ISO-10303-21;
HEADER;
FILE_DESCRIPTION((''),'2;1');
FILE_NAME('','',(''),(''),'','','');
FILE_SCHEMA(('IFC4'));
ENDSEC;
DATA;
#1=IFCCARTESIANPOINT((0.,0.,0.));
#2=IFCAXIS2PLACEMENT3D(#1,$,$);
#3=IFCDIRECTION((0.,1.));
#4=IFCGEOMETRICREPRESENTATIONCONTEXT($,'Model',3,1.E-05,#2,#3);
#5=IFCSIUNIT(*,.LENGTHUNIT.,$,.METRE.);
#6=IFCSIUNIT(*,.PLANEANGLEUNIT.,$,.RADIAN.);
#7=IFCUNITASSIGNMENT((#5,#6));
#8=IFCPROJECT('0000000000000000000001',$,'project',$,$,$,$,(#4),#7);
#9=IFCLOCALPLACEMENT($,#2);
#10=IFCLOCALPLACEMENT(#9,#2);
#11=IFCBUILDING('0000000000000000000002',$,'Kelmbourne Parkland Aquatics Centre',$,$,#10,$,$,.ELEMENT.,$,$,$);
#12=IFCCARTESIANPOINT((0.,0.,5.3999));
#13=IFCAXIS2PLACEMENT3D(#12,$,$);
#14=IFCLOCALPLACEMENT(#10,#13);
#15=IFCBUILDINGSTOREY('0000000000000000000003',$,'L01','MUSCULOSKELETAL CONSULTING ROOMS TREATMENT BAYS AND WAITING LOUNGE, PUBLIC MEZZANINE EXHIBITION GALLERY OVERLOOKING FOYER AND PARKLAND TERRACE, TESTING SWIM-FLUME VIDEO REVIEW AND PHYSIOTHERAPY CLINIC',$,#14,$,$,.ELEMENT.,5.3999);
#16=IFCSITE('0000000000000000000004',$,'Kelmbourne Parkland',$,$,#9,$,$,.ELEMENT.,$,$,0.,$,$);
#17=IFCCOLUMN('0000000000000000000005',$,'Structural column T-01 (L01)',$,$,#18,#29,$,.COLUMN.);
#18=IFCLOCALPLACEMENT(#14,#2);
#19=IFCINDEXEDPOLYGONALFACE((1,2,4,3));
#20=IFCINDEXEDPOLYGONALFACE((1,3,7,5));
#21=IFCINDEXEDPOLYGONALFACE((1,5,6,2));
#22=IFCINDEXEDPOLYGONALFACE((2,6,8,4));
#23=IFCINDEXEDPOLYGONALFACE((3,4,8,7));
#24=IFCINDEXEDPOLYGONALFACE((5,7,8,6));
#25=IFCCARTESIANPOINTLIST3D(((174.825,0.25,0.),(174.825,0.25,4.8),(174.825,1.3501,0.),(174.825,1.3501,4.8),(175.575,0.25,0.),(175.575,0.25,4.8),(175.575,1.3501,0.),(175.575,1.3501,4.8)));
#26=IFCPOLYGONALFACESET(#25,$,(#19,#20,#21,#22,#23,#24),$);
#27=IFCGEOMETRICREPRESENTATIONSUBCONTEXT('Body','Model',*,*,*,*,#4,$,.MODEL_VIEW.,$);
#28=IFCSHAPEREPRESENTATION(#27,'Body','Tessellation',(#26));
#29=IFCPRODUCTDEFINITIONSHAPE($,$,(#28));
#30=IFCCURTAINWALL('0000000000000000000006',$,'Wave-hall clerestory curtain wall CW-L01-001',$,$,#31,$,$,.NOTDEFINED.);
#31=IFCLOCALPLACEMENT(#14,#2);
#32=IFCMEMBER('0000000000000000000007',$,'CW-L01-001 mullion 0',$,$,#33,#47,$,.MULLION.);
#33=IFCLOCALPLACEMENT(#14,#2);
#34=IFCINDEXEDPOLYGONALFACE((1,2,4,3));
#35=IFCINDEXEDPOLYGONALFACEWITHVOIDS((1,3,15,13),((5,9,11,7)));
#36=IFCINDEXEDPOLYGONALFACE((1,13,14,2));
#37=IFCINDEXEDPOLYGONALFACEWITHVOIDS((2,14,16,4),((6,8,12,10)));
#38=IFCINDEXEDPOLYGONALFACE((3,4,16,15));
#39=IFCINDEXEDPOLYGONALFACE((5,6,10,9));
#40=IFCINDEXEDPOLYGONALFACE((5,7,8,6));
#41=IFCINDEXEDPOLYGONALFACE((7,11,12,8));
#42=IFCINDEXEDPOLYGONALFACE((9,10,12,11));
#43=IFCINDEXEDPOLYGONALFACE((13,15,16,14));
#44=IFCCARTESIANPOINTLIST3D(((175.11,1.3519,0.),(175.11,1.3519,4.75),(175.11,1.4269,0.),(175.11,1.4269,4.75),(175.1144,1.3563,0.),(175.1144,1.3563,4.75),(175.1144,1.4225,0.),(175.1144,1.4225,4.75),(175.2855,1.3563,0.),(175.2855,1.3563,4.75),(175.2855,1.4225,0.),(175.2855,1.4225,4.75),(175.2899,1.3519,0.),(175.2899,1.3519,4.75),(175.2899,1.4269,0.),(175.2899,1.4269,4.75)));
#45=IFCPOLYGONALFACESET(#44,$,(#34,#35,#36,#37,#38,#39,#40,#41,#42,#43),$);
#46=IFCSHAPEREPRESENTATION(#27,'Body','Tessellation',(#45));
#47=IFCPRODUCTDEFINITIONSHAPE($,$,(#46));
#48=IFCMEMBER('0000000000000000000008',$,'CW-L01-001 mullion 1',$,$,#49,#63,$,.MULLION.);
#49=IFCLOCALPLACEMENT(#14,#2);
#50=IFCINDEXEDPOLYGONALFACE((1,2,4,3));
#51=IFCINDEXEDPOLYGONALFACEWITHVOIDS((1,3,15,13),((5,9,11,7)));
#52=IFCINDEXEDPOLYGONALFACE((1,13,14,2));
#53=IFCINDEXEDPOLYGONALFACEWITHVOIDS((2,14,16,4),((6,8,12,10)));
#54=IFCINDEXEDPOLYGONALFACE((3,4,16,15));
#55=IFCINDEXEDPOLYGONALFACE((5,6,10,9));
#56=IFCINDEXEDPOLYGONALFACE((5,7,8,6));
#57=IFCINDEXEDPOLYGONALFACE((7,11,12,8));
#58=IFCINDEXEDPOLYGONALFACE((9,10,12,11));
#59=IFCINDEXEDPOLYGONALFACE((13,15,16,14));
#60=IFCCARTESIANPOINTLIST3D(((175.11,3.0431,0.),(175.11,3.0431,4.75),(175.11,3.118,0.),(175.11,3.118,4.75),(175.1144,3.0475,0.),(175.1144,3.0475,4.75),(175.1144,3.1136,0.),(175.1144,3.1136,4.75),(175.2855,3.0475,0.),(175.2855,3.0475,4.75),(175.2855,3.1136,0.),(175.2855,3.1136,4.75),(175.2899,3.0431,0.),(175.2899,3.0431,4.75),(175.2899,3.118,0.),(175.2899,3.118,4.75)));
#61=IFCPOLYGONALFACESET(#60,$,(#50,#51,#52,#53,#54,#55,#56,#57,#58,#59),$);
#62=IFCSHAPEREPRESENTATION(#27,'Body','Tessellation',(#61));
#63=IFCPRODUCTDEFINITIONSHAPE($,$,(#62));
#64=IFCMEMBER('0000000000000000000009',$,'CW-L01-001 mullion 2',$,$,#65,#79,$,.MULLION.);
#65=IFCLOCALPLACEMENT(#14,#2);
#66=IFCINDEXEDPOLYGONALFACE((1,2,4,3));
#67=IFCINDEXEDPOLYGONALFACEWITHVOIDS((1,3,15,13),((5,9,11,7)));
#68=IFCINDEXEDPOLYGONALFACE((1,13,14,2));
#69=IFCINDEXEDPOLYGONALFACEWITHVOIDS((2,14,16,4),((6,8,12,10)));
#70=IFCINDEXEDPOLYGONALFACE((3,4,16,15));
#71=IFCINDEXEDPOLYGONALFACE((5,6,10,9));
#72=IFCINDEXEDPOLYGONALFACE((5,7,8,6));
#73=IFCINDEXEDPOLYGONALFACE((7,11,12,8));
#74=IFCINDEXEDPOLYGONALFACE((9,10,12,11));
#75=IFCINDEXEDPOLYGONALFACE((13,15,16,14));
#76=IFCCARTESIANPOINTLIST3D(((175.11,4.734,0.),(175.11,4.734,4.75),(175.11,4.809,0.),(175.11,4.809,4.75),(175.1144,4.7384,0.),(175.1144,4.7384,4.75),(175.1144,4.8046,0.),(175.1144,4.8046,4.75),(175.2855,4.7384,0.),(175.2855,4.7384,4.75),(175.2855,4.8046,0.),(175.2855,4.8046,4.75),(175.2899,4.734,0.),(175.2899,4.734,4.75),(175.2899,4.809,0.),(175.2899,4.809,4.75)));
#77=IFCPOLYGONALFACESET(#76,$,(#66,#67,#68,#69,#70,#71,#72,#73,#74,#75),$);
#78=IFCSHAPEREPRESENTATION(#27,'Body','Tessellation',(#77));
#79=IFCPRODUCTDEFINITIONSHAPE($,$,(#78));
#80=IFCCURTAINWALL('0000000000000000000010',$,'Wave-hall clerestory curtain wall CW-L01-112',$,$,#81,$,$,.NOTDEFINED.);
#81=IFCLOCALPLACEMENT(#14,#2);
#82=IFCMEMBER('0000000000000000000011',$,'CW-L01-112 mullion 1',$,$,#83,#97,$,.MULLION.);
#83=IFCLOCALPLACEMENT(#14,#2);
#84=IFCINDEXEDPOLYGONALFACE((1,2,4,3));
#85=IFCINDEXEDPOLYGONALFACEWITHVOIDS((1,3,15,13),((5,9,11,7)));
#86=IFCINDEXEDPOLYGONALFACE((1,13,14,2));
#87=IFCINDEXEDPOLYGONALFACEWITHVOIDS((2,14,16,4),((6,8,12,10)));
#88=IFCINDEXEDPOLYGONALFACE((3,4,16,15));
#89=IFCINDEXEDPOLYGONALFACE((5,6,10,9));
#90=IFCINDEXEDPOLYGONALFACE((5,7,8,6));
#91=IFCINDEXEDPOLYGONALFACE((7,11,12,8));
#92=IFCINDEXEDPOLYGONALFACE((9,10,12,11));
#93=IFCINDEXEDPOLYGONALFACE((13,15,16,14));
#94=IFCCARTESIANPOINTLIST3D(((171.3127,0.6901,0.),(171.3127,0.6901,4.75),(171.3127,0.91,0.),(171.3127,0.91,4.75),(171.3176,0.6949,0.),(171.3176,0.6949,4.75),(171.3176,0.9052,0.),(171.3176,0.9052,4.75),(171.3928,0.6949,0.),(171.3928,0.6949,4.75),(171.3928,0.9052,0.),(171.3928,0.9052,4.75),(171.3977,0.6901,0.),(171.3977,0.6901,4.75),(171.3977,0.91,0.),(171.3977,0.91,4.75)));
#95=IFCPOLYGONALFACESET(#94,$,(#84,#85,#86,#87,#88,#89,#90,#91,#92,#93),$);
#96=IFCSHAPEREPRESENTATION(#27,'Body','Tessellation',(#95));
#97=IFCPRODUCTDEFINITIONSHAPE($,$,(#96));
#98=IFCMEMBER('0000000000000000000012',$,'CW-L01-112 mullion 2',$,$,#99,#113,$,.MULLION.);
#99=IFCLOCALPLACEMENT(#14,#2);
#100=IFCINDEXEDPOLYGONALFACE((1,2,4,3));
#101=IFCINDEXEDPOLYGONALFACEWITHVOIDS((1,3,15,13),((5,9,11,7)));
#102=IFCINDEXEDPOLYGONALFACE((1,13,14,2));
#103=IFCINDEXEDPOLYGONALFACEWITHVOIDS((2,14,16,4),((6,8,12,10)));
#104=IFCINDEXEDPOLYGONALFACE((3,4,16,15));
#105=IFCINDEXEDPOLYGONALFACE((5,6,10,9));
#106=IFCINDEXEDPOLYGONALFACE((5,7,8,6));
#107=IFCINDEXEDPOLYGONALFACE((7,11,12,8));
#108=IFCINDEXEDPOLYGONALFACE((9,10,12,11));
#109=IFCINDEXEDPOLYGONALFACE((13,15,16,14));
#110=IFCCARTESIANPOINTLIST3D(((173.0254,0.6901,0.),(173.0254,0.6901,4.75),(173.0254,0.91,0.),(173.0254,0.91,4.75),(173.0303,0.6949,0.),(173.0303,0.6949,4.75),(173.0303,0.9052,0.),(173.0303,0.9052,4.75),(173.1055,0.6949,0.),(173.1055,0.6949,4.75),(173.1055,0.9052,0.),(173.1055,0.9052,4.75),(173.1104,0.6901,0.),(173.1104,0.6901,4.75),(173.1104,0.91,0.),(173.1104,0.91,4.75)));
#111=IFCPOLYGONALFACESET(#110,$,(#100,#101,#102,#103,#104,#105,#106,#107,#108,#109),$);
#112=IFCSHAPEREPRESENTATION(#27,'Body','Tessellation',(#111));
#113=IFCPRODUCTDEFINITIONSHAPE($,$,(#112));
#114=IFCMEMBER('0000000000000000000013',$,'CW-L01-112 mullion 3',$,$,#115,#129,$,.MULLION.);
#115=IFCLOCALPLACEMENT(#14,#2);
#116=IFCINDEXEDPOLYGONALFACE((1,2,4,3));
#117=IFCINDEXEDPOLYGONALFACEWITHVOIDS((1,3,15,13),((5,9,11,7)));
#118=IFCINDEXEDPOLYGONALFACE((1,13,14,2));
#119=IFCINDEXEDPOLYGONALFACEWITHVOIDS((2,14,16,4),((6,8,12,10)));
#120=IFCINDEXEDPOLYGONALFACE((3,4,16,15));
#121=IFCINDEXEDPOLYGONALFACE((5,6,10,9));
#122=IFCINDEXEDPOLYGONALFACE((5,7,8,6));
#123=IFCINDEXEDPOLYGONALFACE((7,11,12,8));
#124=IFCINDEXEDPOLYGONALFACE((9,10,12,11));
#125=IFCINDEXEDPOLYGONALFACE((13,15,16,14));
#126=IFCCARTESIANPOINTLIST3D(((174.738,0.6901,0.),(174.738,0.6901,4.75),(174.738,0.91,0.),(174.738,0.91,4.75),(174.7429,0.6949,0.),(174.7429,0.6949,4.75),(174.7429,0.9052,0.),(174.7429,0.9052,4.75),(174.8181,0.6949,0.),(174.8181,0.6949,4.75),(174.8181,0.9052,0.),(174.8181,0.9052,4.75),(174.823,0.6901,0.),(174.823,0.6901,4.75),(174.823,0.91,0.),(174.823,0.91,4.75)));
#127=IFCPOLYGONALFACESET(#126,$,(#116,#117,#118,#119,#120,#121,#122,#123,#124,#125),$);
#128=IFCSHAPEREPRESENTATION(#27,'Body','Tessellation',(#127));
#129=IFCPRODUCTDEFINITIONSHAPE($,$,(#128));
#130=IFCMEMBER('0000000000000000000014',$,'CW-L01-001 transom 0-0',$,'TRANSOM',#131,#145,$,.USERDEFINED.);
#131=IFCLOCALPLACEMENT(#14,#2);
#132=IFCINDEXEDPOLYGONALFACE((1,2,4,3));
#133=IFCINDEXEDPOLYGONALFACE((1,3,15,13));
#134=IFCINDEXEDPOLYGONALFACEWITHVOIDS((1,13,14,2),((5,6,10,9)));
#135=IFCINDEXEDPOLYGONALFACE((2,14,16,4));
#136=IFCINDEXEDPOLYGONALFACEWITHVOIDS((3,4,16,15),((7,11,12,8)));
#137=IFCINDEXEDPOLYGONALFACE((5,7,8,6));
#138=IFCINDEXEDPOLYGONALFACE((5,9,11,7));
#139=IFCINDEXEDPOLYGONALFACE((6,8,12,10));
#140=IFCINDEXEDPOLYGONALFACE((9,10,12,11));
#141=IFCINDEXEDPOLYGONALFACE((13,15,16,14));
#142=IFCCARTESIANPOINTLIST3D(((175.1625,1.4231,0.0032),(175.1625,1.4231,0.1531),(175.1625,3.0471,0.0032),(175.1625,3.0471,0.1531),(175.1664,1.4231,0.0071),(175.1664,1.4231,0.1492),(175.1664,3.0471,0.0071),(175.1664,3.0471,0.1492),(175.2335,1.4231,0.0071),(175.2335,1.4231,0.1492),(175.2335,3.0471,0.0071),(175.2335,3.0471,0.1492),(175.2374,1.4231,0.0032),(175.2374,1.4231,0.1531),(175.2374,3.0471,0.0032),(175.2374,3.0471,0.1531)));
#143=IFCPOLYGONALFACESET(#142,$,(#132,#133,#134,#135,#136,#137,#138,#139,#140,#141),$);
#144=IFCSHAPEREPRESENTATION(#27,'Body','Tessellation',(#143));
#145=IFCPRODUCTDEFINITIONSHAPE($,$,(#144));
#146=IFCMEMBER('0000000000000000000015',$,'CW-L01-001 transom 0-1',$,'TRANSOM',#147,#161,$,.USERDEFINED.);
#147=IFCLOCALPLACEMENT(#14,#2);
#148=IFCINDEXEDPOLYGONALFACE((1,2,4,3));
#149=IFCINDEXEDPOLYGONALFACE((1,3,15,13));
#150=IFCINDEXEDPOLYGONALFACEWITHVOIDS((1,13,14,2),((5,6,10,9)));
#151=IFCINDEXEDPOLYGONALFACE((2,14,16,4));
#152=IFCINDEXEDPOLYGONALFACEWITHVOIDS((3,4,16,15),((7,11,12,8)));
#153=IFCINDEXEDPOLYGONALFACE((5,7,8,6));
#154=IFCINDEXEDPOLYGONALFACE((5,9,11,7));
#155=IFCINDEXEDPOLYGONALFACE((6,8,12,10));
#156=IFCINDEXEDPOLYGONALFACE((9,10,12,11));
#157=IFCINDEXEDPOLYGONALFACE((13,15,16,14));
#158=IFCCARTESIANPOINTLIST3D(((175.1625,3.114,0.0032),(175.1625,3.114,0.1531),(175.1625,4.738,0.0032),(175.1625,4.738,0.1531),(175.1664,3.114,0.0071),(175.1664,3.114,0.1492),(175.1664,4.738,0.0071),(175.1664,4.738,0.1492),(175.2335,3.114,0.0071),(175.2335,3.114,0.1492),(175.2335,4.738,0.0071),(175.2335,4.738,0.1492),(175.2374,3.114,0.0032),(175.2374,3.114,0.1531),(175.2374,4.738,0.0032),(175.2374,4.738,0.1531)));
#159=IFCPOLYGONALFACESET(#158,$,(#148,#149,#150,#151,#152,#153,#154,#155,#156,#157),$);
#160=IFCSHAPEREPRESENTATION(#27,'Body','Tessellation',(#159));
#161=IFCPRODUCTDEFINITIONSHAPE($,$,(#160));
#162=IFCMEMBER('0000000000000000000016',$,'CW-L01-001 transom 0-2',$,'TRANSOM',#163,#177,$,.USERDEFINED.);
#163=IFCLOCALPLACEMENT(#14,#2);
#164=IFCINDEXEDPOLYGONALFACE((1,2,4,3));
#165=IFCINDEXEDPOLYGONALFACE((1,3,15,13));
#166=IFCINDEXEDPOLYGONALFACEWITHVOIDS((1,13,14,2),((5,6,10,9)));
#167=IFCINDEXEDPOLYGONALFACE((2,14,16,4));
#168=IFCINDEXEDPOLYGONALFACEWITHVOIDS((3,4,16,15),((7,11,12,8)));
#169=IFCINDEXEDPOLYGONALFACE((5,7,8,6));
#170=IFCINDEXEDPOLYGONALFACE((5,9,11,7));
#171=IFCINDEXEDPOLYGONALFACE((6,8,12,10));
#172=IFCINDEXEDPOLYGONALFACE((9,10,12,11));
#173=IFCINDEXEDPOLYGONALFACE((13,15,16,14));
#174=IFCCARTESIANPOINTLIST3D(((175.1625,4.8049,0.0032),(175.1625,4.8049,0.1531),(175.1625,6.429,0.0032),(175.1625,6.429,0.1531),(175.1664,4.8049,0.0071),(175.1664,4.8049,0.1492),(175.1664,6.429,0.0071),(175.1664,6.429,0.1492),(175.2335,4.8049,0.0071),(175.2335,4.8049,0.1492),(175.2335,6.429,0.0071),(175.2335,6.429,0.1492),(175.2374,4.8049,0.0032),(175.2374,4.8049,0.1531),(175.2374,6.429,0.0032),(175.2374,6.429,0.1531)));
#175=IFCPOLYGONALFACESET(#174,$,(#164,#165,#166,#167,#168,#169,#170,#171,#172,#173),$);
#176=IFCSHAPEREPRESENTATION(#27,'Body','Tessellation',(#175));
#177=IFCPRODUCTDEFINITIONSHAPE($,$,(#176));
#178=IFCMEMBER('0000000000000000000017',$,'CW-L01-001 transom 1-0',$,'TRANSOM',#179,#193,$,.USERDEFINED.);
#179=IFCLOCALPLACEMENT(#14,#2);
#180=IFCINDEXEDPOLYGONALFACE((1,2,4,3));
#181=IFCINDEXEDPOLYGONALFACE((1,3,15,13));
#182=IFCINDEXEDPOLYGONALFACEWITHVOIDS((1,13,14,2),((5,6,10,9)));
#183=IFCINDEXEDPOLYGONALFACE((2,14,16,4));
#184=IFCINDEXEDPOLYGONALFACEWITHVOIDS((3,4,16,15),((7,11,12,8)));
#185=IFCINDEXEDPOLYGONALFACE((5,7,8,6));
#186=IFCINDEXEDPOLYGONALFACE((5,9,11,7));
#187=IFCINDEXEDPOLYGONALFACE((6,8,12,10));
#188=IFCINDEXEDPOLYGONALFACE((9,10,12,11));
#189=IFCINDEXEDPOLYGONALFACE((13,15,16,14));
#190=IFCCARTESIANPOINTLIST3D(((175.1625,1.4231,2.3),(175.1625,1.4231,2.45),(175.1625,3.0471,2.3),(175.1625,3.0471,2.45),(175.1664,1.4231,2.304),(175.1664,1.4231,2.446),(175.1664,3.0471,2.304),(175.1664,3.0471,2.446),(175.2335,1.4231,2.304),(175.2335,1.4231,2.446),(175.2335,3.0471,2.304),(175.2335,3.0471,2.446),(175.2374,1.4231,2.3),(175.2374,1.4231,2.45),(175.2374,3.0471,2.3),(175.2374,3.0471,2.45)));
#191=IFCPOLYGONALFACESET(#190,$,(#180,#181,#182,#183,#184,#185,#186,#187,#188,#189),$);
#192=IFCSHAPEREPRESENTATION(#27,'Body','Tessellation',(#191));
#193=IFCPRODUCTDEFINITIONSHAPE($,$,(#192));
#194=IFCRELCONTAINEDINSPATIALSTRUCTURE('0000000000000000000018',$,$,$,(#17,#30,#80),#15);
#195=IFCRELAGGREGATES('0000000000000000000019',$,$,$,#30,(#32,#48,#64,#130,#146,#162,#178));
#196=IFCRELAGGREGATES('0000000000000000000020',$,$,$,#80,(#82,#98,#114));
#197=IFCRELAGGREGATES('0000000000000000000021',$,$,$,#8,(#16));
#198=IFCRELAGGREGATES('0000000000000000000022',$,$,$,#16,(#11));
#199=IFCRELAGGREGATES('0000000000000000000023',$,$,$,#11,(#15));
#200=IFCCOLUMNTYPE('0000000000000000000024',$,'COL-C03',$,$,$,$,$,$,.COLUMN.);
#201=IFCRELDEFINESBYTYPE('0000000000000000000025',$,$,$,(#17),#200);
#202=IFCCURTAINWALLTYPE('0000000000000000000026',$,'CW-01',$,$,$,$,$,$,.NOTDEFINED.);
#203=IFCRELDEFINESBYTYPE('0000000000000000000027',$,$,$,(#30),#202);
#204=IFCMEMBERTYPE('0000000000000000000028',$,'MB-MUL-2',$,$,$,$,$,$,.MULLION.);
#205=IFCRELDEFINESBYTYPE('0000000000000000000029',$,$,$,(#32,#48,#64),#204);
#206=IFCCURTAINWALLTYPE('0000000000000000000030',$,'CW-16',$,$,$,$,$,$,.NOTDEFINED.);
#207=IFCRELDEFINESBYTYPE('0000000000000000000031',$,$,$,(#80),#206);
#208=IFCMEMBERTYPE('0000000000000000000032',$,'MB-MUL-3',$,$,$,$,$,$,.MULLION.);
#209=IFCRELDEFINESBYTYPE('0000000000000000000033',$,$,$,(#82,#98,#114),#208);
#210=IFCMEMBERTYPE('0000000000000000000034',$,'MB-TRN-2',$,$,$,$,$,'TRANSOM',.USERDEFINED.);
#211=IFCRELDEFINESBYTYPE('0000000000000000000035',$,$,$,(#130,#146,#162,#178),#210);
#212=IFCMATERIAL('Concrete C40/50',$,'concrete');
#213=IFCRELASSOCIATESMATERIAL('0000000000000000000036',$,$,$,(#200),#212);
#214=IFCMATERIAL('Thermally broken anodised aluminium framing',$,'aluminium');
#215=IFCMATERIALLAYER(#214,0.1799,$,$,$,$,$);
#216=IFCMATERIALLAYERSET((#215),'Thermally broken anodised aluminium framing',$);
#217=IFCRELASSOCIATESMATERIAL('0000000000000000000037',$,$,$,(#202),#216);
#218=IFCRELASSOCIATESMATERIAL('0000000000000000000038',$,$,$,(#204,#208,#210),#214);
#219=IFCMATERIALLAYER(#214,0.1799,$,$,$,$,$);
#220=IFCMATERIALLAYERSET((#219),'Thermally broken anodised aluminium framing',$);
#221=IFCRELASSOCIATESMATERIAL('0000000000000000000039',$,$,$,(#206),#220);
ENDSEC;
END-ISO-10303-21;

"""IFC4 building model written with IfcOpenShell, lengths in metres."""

from ifc_helpers import new_model, si_unit, direction, frame, origin, origin_2d, place, context, subcontext, project, spatial, rectangle, hollow_rectangle, extrude, material, layer, layer_set, material_profile, profile_set, type_object, element, aggregate, save


model = new_model("IFC4")

# Units and contexts
model_context = context("Model", 3, precision=1e-05, world=origin(), true_north=direction((0.0, 1.0)))
body_context = subcontext(model_context, "Body", "Model", "MODEL_VIEW")
ifc_project = project(units=[si_unit("LENGTHUNIT", "METRE"), si_unit("PLANEANGLEUNIT", "RADIAN")], contexts=[model_context])

# Site, building, storey
site_placement = place(None, origin())
site = spatial("IfcSite", under=ifc_project, at=site_placement, Name="Kelmbourne Parkland", CompositionType="ELEMENT", RefElevation=0.0)
building_placement = place(site_placement, origin())
building = spatial("IfcBuilding", under=site, at=building_placement, Name="Kelmbourne Parkland Aquatics Centre", CompositionType="ELEMENT")
storey_placement = place(building_placement, frame((0.0, 0.0, 5.3999)))
storey = spatial("IfcBuildingStorey", under=building, at=storey_placement, Name="L01", Description="MUSCULOSKELETAL CONSULTING ROOMS TREATMENT BAYS AND WAITING LOUNGE, PUBLIC MEZZANINE EXHIBITION GALLERY OVERLOOKING FOYER AND PARKLAND TERRACE, TESTING SWIM-FLUME VIDEO REVIEW AND PHYSIOTHERAPY CLINIC", CompositionType="ELEMENT", Elevation=5.3999)

# Column
ifc_material_1 = material(Name="Concrete C40/50", Category="concrete")
ifc_material_profile_1 = material_profile(ifc_material_1, rectangle(XDim=0.75, YDim=1.1001, at=origin_2d()), Name="RC 750x1100")
ifc_profile_set_1 = profile_set([ifc_material_profile_1], Name="Concrete C40/50")
column_type = type_object("IfcColumnType", Name="COL-C03", PredefinedType="COLUMN", material=ifc_profile_set_1)
column_placement = place(storey_placement, frame((175.2, 0.8, 0.0), z_axis=(0.0, 0.0, 1.0), x_axis=(1.0, 0.0, 0.0)))
element("IfcColumn", 1, at=column_placement, inside=storey, type_object=column_type, Name="Structural column T-01 (L01)", PredefinedType="COLUMN", context=body_context, shape_type="SweptSolid", body=[
    extrude(rectangle(XDim=0.75, YDim=1.1001, at=origin_2d()), origin(), (0.0, 0.0, 1.0), 4.8),
])

# Curtain walls, members
ifc_material_2 = material(Name="Thermally broken anodised aluminium framing", Category="aluminium")
ifc_layer_1 = layer(ifc_material_2, 0.1799)
ifc_layer_set_1 = layer_set([ifc_layer_1], Name="Thermally broken anodised aluminium framing")
curtain_wall_type_1 = type_object("IfcCurtainWallType", Name="CW-01", PredefinedType="NOTDEFINED", material=ifc_layer_set_1)
curtain_wall_1_placement = place(storey_placement, origin())
curtain_wall_1 = element("IfcCurtainWall", 2, at=curtain_wall_1_placement, inside=storey, type_object=curtain_wall_type_1, Name="Wave-hall clerestory curtain wall CW-L01-001", PredefinedType="NOTDEFINED")
ifc_material_profile_2 = material_profile(ifc_material_2, hollow_rectangle(XDim=0.075, YDim=0.1799, WallThickness=0.0044, at=origin_2d()), Name="CW-M 75x180")
ifc_profile_set_2 = profile_set([ifc_material_profile_2], Name="Thermally broken anodised aluminium framing")
member_type_1 = type_object("IfcMemberType", Name="MB-MUL-2", PredefinedType="MULLION", material=ifc_profile_set_2)
member_1_placement = place(storey_placement, frame((175.2, 1.3894, 0.0), z_axis=(0.0, 0.0, 1.0), x_axis=(0.0, 1.0, 0.0)))
member_1 = element("IfcMember", 3, at=member_1_placement, type_object=member_type_1, Name="CW-L01-001 mullion 0", PredefinedType="MULLION", context=body_context, shape_type="SweptSolid", body=[
    extrude(hollow_rectangle(XDim=0.075, YDim=0.1799, WallThickness=0.0044, at=origin_2d()), origin(), (0.0, 0.0, 1.0), 4.75),
])
member_2_placement = place(storey_placement, frame((175.2, 3.0806, 0.0), z_axis=(0.0, 0.0, 1.0), x_axis=(0.0, 1.0, 0.0)))
member_2 = element("IfcMember", 4, at=member_2_placement, type_object=member_type_1, Name="CW-L01-001 mullion 1", PredefinedType="MULLION", context=body_context, shape_type="SweptSolid", body=[
    extrude(hollow_rectangle(XDim=0.075, YDim=0.1799, WallThickness=0.0044, at=origin_2d()), origin(), (0.0, 0.0, 1.0), 4.75),
])
member_3_placement = place(storey_placement, frame((175.2, 4.7715, 0.0), z_axis=(0.0, 0.0, 1.0), x_axis=(0.0, 1.0, 0.0)))
member_3 = element("IfcMember", 5, at=member_3_placement, type_object=member_type_1, Name="CW-L01-001 mullion 2", PredefinedType="MULLION", context=body_context, shape_type="SweptSolid", body=[
    extrude(hollow_rectangle(XDim=0.075, YDim=0.1799, WallThickness=0.0044, at=origin_2d()), origin(), (0.0, 0.0, 1.0), 4.75),
])
ifc_layer_2 = layer(ifc_material_2, 0.1799)
ifc_layer_set_2 = layer_set([ifc_layer_2], Name="Thermally broken anodised aluminium framing")
curtain_wall_type_2 = type_object("IfcCurtainWallType", Name="CW-16", PredefinedType="NOTDEFINED", material=ifc_layer_set_2)
curtain_wall_2_placement = place(storey_placement, origin())
curtain_wall_2 = element("IfcCurtainWall", 6, at=curtain_wall_2_placement, inside=storey, type_object=curtain_wall_type_2, Name="Wave-hall clerestory curtain wall CW-L01-112", PredefinedType="NOTDEFINED")
ifc_material_profile_3 = material_profile(ifc_material_2, hollow_rectangle(XDim=0.085, YDim=0.22, WallThickness=0.0049, at=origin_2d()), Name="CW-M 85x220")
ifc_profile_set_3 = profile_set([ifc_material_profile_3], Name="Thermally broken anodised aluminium framing")
member_type_2 = type_object("IfcMemberType", Name="MB-MUL-3", PredefinedType="MULLION", material=ifc_profile_set_3)
member_4_placement = place(storey_placement, frame((171.3552, 0.8, 0.0), z_axis=(0.0, 0.0, 1.0), x_axis=(1.0, 0.0, 0.0)))
member_4 = element("IfcMember", 7, at=member_4_placement, type_object=member_type_2, Name="CW-L01-112 mullion 1", PredefinedType="MULLION", context=body_context, shape_type="SweptSolid", body=[
    extrude(hollow_rectangle(XDim=0.085, YDim=0.22, WallThickness=0.0049, at=origin_2d()), origin(), (0.0, 0.0, 1.0), 4.75),
])
member_5_placement = place(storey_placement, frame((173.0679, 0.8, 0.0), z_axis=(0.0, 0.0, 1.0), x_axis=(1.0, 0.0, 0.0)))
member_5 = element("IfcMember", 8, at=member_5_placement, type_object=member_type_2, Name="CW-L01-112 mullion 2", PredefinedType="MULLION", context=body_context, shape_type="SweptSolid", body=[
    extrude(hollow_rectangle(XDim=0.085, YDim=0.22, WallThickness=0.0049, at=origin_2d()), origin(), (0.0, 0.0, 1.0), 4.75),
])
member_6_placement = place(storey_placement, frame((174.7805, 0.8, 0.0), z_axis=(0.0, 0.0, 1.0), x_axis=(1.0, 0.0, 0.0)))
member_6 = element("IfcMember", 9, at=member_6_placement, type_object=member_type_2, Name="CW-L01-112 mullion 3", PredefinedType="MULLION", context=body_context, shape_type="SweptSolid", body=[
    extrude(hollow_rectangle(XDim=0.085, YDim=0.22, WallThickness=0.0049, at=origin_2d()), origin(), (0.0, 0.0, 1.0), 4.75),
])

# Members
ifc_material_profile_4 = material_profile(ifc_material_2, hollow_rectangle(XDim=0.075, YDim=0.1499, WallThickness=0.0039, at=origin_2d()), Name="CW-T 75x150")
ifc_profile_set_4 = profile_set([ifc_material_profile_4], Name="Thermally broken anodised aluminium framing")
member_type_3 = type_object("IfcMemberType", Name="MB-TRN-2", ElementType="TRANSOM", PredefinedType="USERDEFINED", material=ifc_profile_set_4)
member_7_placement = place(storey_placement, frame((175.2, 1.4231, 0.0781), z_axis=(0.0, 1.0, 0.0), x_axis=(-1.0, 0.0, 0.0)))
member_7 = element("IfcMember", 10, at=member_7_placement, type_object=member_type_3, Name="CW-L01-001 transom 0-0", ObjectType="TRANSOM", PredefinedType="USERDEFINED", context=body_context, shape_type="SweptSolid", body=[
    extrude(hollow_rectangle(XDim=0.075, YDim=0.1499, WallThickness=0.0039, at=origin_2d()), origin(), (0.0, 0.0, 1.0), 1.624),
])
member_8_placement = place(storey_placement, frame((175.2, 3.114, 0.0781), z_axis=(0.0, 1.0, 0.0), x_axis=(-1.0, 0.0, 0.0)))
member_8 = element("IfcMember", 11, at=member_8_placement, type_object=member_type_3, Name="CW-L01-001 transom 0-1", ObjectType="TRANSOM", PredefinedType="USERDEFINED", context=body_context, shape_type="SweptSolid", body=[
    extrude(hollow_rectangle(XDim=0.075, YDim=0.1499, WallThickness=0.0039, at=origin_2d()), origin(), (0.0, 0.0, 1.0), 1.624),
])
member_9_placement = place(storey_placement, frame((175.2, 4.8049, 0.0781), z_axis=(0.0, 1.0, 0.0), x_axis=(-1.0, 0.0, 0.0)))
member_9 = element("IfcMember", 12, at=member_9_placement, type_object=member_type_3, Name="CW-L01-001 transom 0-2", ObjectType="TRANSOM", PredefinedType="USERDEFINED", context=body_context, shape_type="SweptSolid", body=[
    extrude(hollow_rectangle(XDim=0.075, YDim=0.1499, WallThickness=0.0039, at=origin_2d()), origin(), (0.0, 0.0, 1.0), 1.624),
])
member_10_placement = place(storey_placement, frame((175.2, 1.4231, 2.375), z_axis=(0.0, 1.0, 0.0), x_axis=(-1.0, 0.0, 0.0)))
member_10 = element("IfcMember", 13, at=member_10_placement, type_object=member_type_3, Name="CW-L01-001 transom 1-0", ObjectType="TRANSOM", PredefinedType="USERDEFINED", context=body_context, shape_type="SweptSolid", body=[
    extrude(hollow_rectangle(XDim=0.075, YDim=0.1499, WallThickness=0.0039, at=origin_2d()), origin(), (0.0, 0.0, 1.0), 1.624),
])

aggregate(curtain_wall_1, [member_1, member_2, member_3, member_7, member_8, member_9, member_10])
aggregate(curtain_wall_2, [member_4, member_5, member_6])

save(model, "model.ifc")
